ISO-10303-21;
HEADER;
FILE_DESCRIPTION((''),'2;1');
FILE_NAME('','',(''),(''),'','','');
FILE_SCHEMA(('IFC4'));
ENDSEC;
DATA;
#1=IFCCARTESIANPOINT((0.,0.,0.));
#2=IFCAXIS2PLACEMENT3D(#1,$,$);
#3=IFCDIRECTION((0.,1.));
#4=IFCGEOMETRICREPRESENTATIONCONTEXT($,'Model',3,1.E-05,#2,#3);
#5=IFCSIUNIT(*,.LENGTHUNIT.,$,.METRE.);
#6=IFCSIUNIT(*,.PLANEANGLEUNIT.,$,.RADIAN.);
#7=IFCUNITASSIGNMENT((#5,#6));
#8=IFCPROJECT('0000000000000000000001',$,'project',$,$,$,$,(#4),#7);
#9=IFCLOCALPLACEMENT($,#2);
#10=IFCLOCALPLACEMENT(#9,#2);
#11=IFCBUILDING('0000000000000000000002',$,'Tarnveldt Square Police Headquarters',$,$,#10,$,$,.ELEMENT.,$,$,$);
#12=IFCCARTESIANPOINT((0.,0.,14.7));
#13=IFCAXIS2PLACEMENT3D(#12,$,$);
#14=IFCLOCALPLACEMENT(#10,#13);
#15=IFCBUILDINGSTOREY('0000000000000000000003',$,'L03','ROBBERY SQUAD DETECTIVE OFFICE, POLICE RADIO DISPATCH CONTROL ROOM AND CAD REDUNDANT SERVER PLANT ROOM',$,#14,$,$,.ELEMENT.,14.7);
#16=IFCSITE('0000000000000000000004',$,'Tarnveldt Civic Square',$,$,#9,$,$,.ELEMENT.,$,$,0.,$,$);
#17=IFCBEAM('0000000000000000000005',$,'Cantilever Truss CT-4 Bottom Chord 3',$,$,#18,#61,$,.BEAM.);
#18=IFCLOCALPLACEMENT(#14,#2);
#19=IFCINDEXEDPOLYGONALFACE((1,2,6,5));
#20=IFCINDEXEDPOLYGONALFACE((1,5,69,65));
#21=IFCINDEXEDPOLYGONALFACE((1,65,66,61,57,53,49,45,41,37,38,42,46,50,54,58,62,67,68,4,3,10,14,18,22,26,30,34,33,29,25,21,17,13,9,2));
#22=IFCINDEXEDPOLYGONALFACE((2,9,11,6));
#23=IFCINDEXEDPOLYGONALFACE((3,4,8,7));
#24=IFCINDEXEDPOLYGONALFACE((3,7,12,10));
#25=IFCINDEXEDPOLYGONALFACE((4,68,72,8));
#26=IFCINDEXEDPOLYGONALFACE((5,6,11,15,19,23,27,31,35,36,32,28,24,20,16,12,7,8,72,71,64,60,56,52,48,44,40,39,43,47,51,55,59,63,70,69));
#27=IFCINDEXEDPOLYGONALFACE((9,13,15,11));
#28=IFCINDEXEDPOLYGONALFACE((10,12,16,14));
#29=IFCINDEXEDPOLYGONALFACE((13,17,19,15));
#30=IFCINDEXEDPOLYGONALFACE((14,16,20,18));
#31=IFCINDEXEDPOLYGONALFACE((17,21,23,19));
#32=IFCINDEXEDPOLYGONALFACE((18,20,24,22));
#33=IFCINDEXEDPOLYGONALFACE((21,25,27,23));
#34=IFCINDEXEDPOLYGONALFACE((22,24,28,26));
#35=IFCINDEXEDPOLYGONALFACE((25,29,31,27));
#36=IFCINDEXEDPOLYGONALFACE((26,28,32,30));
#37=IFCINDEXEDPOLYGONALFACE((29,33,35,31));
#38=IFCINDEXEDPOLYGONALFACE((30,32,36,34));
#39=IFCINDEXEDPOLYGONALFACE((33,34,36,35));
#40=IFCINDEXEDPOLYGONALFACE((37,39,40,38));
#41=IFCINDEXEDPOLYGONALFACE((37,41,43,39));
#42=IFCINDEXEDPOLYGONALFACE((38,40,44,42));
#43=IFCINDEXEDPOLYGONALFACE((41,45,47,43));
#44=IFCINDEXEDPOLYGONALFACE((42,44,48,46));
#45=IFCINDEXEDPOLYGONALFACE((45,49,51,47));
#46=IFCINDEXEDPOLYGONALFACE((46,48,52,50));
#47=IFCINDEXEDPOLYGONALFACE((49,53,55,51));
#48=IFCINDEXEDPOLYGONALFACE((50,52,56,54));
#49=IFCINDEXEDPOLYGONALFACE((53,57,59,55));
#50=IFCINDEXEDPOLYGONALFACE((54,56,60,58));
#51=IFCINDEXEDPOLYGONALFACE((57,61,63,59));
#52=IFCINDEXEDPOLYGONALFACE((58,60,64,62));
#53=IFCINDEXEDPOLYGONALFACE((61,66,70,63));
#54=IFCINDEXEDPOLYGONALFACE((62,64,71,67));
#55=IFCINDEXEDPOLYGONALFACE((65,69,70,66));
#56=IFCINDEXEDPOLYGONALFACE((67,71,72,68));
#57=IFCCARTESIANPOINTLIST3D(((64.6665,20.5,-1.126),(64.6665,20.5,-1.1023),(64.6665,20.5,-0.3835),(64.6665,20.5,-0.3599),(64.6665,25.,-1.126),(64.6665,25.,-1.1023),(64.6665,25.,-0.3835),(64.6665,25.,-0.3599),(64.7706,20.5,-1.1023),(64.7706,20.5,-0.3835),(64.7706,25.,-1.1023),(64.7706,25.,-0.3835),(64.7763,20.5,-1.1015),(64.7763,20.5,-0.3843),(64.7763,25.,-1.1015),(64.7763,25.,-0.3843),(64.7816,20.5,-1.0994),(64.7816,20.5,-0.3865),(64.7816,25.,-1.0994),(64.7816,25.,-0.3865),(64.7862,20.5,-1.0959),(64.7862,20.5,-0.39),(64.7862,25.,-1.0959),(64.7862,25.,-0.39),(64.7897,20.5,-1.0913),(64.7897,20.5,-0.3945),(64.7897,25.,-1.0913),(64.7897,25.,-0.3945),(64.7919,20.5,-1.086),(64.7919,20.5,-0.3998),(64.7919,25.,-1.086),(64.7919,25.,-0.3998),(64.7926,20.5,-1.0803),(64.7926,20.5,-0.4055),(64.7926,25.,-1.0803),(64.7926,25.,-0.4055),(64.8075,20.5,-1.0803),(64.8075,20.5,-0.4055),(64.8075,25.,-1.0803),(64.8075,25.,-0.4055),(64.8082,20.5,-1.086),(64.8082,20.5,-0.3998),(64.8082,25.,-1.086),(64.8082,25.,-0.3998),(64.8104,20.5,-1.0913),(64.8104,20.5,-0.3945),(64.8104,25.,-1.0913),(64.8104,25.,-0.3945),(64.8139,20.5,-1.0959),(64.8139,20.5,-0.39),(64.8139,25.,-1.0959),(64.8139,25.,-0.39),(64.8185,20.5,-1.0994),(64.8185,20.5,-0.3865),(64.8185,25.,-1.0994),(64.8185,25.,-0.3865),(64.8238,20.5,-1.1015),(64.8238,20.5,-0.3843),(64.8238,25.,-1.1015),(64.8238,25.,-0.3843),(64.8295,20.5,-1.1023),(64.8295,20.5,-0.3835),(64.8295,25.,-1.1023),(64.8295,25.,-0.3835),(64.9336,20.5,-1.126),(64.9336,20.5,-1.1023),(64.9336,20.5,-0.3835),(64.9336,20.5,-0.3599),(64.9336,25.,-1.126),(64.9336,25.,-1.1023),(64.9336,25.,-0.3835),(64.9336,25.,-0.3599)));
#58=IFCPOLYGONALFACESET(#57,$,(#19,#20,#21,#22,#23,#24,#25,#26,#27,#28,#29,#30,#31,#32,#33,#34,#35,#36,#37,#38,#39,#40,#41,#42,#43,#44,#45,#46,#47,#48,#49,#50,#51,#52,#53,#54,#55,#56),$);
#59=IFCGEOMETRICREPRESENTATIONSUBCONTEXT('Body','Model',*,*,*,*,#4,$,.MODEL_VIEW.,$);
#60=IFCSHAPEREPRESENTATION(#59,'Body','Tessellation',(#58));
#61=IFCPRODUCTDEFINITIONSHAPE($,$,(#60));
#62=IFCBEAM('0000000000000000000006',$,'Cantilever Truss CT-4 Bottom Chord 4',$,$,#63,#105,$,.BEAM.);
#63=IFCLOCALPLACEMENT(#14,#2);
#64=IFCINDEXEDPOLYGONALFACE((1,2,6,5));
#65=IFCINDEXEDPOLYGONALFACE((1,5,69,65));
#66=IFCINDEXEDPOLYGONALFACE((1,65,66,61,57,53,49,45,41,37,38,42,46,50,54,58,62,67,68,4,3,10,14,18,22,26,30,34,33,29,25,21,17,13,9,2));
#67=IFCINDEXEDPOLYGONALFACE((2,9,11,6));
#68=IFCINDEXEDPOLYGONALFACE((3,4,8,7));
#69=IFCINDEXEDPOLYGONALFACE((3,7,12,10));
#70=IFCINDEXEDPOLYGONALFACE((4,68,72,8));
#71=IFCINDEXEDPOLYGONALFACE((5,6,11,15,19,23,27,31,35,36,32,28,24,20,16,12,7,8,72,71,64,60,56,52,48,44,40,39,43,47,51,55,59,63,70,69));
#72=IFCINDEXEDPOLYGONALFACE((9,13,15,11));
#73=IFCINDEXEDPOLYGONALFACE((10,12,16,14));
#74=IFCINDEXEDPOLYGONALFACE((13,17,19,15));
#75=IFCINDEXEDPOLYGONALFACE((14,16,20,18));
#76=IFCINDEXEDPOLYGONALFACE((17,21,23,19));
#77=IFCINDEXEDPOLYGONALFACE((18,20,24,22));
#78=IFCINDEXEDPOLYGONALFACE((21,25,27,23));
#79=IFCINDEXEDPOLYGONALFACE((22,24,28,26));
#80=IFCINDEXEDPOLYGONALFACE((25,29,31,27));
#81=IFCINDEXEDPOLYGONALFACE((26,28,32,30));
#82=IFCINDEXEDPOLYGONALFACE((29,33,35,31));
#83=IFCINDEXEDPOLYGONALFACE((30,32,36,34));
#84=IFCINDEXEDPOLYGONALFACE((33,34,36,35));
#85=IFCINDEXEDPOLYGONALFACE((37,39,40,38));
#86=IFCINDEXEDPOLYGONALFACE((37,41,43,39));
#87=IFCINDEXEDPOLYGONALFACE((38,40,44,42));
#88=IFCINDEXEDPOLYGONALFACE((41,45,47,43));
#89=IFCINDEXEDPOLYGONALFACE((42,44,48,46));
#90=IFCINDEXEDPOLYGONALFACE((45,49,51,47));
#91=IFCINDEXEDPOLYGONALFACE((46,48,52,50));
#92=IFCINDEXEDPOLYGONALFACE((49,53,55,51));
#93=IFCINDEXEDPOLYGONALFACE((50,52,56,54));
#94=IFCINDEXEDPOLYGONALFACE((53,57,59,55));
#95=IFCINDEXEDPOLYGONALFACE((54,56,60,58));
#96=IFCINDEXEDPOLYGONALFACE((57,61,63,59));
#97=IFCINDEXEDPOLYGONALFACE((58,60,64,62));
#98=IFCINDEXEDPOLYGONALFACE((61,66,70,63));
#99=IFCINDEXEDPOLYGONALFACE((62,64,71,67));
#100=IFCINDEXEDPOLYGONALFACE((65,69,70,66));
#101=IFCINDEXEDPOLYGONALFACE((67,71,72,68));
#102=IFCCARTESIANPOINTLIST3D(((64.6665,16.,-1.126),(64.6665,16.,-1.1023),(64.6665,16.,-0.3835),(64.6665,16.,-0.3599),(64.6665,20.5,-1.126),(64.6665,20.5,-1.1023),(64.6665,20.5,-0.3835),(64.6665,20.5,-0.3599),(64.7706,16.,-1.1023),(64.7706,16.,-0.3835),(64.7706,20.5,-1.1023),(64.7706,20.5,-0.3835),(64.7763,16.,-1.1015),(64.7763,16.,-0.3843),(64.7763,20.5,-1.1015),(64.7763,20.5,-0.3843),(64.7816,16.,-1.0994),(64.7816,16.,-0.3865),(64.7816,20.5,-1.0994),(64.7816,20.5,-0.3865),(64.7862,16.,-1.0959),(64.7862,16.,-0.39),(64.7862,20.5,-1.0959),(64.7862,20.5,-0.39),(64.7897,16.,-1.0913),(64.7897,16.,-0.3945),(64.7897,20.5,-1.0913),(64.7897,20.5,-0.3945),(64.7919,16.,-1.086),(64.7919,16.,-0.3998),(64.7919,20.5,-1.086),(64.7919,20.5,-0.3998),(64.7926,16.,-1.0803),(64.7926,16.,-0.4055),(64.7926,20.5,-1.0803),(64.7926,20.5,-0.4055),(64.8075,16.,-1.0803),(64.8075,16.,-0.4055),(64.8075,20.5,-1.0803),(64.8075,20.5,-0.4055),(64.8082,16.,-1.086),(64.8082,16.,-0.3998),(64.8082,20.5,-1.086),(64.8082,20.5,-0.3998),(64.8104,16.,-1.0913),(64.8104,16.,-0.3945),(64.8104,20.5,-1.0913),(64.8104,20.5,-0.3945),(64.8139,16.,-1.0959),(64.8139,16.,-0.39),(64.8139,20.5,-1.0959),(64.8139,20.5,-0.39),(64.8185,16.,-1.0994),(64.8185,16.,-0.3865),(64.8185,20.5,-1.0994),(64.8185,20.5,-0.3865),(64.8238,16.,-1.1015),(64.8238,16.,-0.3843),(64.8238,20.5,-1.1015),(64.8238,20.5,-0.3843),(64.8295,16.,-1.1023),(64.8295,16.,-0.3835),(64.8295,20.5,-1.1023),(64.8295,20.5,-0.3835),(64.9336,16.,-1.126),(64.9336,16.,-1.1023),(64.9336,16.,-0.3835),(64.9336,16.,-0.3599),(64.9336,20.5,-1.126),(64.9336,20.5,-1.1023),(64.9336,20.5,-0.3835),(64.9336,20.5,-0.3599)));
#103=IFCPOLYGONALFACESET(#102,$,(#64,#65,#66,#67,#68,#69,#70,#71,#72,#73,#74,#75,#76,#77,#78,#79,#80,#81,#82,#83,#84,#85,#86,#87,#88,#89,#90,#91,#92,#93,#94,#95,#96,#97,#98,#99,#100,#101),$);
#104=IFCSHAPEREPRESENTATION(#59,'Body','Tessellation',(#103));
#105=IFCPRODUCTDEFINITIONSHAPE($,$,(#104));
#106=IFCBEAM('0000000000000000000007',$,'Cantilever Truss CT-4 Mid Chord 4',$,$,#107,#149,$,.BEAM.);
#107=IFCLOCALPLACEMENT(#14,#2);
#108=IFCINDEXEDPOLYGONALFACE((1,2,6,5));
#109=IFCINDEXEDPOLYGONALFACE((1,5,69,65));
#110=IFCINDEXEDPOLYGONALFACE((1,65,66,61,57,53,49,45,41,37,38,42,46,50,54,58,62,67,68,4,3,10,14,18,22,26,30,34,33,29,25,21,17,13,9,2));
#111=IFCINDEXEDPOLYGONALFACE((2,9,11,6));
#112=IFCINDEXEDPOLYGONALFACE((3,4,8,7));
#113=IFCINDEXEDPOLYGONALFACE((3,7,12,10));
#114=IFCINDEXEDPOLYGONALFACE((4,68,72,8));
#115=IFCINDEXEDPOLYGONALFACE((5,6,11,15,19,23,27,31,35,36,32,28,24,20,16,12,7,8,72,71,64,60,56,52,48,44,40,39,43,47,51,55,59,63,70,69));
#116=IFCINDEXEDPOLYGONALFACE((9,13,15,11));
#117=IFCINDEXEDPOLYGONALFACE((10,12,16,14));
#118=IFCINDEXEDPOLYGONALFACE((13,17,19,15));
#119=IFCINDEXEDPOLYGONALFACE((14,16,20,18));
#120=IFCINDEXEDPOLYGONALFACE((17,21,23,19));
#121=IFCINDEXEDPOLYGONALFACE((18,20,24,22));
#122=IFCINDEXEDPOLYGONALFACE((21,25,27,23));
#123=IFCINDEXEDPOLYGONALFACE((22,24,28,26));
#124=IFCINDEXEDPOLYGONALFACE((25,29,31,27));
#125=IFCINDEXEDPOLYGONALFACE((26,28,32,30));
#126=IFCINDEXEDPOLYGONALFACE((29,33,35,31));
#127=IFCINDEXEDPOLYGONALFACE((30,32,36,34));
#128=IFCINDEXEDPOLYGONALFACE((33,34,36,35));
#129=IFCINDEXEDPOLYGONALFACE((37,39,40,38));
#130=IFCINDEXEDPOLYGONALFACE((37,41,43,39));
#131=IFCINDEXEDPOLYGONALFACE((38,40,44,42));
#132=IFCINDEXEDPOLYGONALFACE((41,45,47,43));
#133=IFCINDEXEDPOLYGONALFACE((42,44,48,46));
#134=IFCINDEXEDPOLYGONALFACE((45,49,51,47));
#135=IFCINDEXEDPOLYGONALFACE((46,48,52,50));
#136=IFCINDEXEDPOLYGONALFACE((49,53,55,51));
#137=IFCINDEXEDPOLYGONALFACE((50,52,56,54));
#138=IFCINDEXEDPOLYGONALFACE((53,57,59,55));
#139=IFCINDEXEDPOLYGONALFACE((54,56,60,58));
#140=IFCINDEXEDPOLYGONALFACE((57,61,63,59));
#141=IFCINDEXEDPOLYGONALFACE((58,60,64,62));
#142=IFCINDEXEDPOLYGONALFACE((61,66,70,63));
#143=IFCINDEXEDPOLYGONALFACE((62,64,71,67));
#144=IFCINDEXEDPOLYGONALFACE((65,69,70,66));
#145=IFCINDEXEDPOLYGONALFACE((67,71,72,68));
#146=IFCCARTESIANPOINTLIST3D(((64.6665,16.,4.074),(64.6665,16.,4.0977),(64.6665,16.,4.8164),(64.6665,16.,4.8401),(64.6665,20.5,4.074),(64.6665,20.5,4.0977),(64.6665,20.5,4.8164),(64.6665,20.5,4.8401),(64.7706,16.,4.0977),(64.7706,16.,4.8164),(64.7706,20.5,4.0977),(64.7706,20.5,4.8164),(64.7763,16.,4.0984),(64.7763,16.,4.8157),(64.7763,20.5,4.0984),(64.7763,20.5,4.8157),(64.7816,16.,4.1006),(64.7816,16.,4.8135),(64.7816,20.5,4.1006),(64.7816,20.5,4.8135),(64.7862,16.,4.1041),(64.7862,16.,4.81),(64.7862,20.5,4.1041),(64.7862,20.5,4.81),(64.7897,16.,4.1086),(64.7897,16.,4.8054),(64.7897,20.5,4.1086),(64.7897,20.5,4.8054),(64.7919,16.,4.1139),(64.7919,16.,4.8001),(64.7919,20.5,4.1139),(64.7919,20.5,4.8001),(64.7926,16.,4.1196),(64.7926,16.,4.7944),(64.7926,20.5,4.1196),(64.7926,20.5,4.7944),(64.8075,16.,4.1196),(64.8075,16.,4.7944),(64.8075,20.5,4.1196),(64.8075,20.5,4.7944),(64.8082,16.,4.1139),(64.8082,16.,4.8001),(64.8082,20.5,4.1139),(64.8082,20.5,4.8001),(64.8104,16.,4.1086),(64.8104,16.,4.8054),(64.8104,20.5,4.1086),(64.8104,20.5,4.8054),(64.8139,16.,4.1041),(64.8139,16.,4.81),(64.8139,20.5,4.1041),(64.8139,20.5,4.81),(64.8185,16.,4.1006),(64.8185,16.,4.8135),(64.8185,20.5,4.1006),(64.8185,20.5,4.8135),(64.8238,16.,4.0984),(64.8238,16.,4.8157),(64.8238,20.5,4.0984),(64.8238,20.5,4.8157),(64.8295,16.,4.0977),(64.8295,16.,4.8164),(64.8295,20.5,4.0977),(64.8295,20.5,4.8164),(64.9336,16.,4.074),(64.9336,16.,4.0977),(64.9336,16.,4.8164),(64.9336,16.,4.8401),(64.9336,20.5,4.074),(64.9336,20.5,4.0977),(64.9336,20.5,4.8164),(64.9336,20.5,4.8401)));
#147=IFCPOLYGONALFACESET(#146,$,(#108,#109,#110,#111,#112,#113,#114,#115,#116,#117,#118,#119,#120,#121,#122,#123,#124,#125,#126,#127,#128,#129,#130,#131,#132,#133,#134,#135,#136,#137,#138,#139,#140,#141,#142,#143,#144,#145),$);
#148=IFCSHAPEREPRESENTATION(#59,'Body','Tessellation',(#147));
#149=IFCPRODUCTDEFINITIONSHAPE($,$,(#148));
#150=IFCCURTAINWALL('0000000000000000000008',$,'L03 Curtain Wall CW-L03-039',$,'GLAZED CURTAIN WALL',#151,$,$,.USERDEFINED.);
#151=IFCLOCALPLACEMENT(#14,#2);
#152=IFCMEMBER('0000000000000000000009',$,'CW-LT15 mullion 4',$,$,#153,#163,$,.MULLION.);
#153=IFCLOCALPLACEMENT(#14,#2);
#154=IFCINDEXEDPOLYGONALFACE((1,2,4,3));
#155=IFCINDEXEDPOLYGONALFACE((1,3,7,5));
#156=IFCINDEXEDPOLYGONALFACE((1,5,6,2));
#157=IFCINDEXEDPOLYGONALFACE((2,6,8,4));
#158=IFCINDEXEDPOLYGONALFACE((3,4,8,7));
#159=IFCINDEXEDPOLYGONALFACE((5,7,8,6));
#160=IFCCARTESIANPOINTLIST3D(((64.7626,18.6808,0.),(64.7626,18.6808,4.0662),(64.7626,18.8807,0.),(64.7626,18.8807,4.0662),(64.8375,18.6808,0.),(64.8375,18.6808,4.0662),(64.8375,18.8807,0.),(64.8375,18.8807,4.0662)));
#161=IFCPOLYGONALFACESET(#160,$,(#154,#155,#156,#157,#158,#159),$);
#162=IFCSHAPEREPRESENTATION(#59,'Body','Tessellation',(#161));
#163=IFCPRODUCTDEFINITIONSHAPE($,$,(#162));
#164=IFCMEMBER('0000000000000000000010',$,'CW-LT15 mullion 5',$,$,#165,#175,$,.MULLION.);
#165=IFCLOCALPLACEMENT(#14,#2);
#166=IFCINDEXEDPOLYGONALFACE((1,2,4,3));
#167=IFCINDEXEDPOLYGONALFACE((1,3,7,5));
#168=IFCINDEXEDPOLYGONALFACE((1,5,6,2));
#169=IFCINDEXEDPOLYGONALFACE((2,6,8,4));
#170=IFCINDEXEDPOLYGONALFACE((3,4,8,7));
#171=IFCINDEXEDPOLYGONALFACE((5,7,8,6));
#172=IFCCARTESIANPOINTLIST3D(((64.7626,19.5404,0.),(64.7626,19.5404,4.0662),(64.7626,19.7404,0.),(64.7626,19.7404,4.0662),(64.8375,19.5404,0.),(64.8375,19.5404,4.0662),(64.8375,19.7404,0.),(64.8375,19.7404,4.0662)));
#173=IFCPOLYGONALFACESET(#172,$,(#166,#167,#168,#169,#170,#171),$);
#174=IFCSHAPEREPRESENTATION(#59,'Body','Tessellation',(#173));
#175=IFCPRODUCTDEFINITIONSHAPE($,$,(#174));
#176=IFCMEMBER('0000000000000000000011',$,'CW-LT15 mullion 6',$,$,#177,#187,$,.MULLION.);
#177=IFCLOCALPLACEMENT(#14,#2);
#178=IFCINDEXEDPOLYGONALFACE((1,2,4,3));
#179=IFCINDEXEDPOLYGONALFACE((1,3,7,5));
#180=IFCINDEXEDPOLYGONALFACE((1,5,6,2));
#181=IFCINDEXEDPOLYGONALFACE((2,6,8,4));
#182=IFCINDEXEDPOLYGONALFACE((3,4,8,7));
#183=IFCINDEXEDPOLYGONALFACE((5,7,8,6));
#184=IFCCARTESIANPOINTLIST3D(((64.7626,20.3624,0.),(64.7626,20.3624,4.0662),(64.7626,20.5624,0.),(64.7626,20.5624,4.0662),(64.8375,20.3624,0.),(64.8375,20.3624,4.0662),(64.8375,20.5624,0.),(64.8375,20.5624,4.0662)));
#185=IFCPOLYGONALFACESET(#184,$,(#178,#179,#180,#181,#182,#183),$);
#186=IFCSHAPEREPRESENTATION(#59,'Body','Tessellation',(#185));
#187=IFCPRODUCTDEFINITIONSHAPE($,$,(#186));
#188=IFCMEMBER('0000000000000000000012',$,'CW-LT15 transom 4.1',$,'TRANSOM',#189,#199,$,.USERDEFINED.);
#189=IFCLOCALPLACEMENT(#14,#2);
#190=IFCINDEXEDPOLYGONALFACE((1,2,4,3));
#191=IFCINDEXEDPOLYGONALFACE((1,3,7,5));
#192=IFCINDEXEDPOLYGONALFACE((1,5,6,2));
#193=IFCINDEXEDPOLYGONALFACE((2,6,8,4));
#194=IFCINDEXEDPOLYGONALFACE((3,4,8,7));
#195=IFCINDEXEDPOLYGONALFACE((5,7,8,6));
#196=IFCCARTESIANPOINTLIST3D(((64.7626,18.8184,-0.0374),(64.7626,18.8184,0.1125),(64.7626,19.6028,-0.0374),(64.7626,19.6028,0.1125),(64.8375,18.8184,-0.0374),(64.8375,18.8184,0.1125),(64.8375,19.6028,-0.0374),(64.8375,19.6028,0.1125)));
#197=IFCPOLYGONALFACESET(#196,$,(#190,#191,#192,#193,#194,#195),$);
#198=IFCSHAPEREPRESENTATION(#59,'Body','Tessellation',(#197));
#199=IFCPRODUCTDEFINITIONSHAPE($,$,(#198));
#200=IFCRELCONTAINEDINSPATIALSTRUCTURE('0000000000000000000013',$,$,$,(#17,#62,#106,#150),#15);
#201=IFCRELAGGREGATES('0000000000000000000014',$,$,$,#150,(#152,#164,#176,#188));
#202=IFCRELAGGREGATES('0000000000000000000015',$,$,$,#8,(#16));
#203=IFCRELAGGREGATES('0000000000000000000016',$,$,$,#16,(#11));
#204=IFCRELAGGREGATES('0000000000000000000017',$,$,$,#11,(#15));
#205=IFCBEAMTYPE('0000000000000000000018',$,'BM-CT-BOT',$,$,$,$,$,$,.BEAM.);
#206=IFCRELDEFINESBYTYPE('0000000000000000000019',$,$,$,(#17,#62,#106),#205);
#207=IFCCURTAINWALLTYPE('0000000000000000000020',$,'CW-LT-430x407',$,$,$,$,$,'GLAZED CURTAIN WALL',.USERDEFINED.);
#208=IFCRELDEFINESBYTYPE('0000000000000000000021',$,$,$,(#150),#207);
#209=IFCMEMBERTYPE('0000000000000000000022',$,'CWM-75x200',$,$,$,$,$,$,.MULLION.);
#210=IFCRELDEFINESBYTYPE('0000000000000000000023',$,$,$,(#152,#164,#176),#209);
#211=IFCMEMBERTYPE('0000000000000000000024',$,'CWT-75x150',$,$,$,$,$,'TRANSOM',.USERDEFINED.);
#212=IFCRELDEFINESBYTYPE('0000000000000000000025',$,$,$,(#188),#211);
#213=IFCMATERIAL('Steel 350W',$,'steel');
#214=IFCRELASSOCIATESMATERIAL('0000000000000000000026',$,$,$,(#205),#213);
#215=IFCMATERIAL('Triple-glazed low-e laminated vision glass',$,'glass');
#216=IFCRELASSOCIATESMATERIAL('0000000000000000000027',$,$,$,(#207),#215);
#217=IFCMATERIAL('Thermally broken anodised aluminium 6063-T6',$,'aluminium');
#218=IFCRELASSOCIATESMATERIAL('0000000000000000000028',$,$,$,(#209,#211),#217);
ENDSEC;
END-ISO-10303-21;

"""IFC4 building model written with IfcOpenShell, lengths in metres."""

from ifc_helpers import new_model, si_unit, direction, frame, origin, origin_2d, place, context, subcontext, project, spatial, rectangle, i_section, extrude, material, material_profile, profile_set, type_object, element, aggregate, save


model = new_model("IFC4")

# Units and contexts
model_context = context("Model", 3, precision=1e-05, world=origin(), true_north=direction((0.0, 1.0)))
body_context = subcontext(model_context, "Body", "Model", "MODEL_VIEW")
ifc_project = project(units=[si_unit("LENGTHUNIT", "METRE"), si_unit("PLANEANGLEUNIT", "RADIAN")], contexts=[model_context])

# Site, building, storey
site_placement = place(None, origin())
site = spatial("IfcSite", under=ifc_project, at=site_placement, Name="Tarnveldt Civic Square", CompositionType="ELEMENT", RefElevation=0.0)
building_placement = place(site_placement, origin())
building = spatial("IfcBuilding", under=site, at=building_placement, Name="Tarnveldt Square Police Headquarters", CompositionType="ELEMENT")
storey_placement = place(building_placement, frame((0.0, 0.0, 14.7)))
storey = spatial("IfcBuildingStorey", under=building, at=storey_placement, Name="L03", Description="ROBBERY SQUAD DETECTIVE OFFICE, POLICE RADIO DISPATCH CONTROL ROOM AND CAD REDUNDANT SERVER PLANT ROOM", CompositionType="ELEMENT", Elevation=14.7)

# Beams
ifc_material_1 = material(Name="Steel 350W", Category="steel")
ifc_material_profile_1 = material_profile(ifc_material_1, i_section(OverallWidth=0.2671, OverallDepth=0.7661, WebThickness=0.0149, FlangeThickness=0.0237, FilletRadius=0.022, at=origin_2d()), Name="W760x185")
ifc_profile_set_1 = profile_set([ifc_material_profile_1], Name="Steel 350W")
beam_type = type_object("IfcBeamType", Name="BM-CT-BOT", PredefinedType="BEAM", material=ifc_profile_set_1)
for number, where, z_axis, x_axis, name in (
    (1, (64.8, 25.0, -0.7429), (0.0, -1.0, 0.0), (1.0, 0.0, 0.0), "Cantilever Truss CT-4 Bottom Chord 3"),
    (2, (64.8, 20.5, -0.7429), (0.0, -1.0, 0.0), (1.0, 0.0, 0.0), "Cantilever Truss CT-4 Bottom Chord 4"),
    (3, (64.8, 20.5, 4.457), (0.0, -1.0, 0.0), (1.0, 0.0, 0.0), "Cantilever Truss CT-4 Mid Chord 4"),
):
    element("IfcBeam", number, at=place(storey_placement, frame(where, z_axis=z_axis, x_axis=x_axis)), inside=storey, type_object=beam_type, Name=name, PredefinedType="BEAM", context=body_context, shape_type="SweptSolid", body=[
        extrude(i_section(OverallWidth=0.2671, OverallDepth=0.7661, WebThickness=0.0149, FlangeThickness=0.0237, FilletRadius=0.022, at=origin_2d()), origin(), (0.0, 0.0, 1.0), 4.5),
    ])

# Curtain wall, members
ifc_material_2 = material(Name="Triple-glazed low-e laminated vision glass", Category="glass")
curtain_wall_type = type_object("IfcCurtainWallType", Name="CW-LT-430x407", ElementType="GLAZED CURTAIN WALL", PredefinedType="USERDEFINED", material=ifc_material_2)
curtain_wall_placement = place(storey_placement, origin())
curtain_wall = element("IfcCurtainWall", 4, at=curtain_wall_placement, inside=storey, type_object=curtain_wall_type, Name="L03 Curtain Wall CW-L03-039", ObjectType="GLAZED CURTAIN WALL", PredefinedType="USERDEFINED")
ifc_material_3 = material(Name="Thermally broken anodised aluminium 6063-T6", Category="aluminium")
ifc_material_profile_2 = material_profile(ifc_material_3, rectangle(XDim=0.075, YDim=0.2, at=origin_2d()), Name="CW-M75x200")
ifc_profile_set_2 = profile_set([ifc_material_profile_2], Name="Thermally broken anodised aluminium 6063-T6")
member_type_1 = type_object("IfcMemberType", Name="CWM-75x200", PredefinedType="MULLION", material=ifc_profile_set_2)
member_1_placement = place(storey_placement, frame((64.8, 18.7808, 0.0), z_axis=(0.0, 0.0, 1.0), x_axis=(-1.0, 0.0, 0.0)))
member_1 = element("IfcMember", 5, at=member_1_placement, type_object=member_type_1, Name="CW-LT15 mullion 4", PredefinedType="MULLION", context=body_context, shape_type="SweptSolid", body=[
    extrude(rectangle(XDim=0.075, YDim=0.2, at=origin_2d()), origin(), (0.0, 0.0, 1.0), 4.0662),
])
member_2_placement = place(storey_placement, frame((64.8, 19.6404, 0.0), z_axis=(0.0, 0.0, 1.0), x_axis=(-1.0, 0.0, 0.0)))
member_2 = element("IfcMember", 6, at=member_2_placement, type_object=member_type_1, Name="CW-LT15 mullion 5", PredefinedType="MULLION", context=body_context, shape_type="SweptSolid", body=[
    extrude(rectangle(XDim=0.075, YDim=0.2, at=origin_2d()), origin(), (0.0, 0.0, 1.0), 4.0662),
])
member_3_placement = place(storey_placement, frame((64.8, 20.4624, 0.0), z_axis=(0.0, 0.0, 1.0), x_axis=(-1.0, 0.0, 0.0)))
member_3 = element("IfcMember", 7, at=member_3_placement, type_object=member_type_1, Name="CW-LT15 mullion 6", PredefinedType="MULLION", context=body_context, shape_type="SweptSolid", body=[
    extrude(rectangle(XDim=0.075, YDim=0.2, at=origin_2d()), origin(), (0.0, 0.0, 1.0), 4.0662),
])
ifc_material_profile_3 = material_profile(ifc_material_3, rectangle(XDim=0.075, YDim=0.1499, at=origin_2d()), Name="CW-T75x150")
ifc_profile_set_3 = profile_set([ifc_material_profile_3], Name="Thermally broken anodised aluminium 6063-T6")
member_type_2 = type_object("IfcMemberType", Name="CWT-75x150", ElementType="TRANSOM", PredefinedType="USERDEFINED", material=ifc_profile_set_3)
member_4_placement = place(storey_placement, frame((64.8, 18.8184, 0.0376), z_axis=(0.0, 1.0, 0.0), x_axis=(-1.0, 0.0, 0.0)))
member_4 = element("IfcMember", 8, at=member_4_placement, type_object=member_type_2, Name="CW-LT15 transom 4.1", ObjectType="TRANSOM", PredefinedType="USERDEFINED", context=body_context, shape_type="SweptSolid", body=[
    extrude(rectangle(XDim=0.075, YDim=0.1499, at=origin_2d()), origin(), (0.0, 0.0, 1.0), 0.7844),
])

aggregate(curtain_wall, [member_1, member_2, member_3, member_4])

save(model, "model.ifc")
